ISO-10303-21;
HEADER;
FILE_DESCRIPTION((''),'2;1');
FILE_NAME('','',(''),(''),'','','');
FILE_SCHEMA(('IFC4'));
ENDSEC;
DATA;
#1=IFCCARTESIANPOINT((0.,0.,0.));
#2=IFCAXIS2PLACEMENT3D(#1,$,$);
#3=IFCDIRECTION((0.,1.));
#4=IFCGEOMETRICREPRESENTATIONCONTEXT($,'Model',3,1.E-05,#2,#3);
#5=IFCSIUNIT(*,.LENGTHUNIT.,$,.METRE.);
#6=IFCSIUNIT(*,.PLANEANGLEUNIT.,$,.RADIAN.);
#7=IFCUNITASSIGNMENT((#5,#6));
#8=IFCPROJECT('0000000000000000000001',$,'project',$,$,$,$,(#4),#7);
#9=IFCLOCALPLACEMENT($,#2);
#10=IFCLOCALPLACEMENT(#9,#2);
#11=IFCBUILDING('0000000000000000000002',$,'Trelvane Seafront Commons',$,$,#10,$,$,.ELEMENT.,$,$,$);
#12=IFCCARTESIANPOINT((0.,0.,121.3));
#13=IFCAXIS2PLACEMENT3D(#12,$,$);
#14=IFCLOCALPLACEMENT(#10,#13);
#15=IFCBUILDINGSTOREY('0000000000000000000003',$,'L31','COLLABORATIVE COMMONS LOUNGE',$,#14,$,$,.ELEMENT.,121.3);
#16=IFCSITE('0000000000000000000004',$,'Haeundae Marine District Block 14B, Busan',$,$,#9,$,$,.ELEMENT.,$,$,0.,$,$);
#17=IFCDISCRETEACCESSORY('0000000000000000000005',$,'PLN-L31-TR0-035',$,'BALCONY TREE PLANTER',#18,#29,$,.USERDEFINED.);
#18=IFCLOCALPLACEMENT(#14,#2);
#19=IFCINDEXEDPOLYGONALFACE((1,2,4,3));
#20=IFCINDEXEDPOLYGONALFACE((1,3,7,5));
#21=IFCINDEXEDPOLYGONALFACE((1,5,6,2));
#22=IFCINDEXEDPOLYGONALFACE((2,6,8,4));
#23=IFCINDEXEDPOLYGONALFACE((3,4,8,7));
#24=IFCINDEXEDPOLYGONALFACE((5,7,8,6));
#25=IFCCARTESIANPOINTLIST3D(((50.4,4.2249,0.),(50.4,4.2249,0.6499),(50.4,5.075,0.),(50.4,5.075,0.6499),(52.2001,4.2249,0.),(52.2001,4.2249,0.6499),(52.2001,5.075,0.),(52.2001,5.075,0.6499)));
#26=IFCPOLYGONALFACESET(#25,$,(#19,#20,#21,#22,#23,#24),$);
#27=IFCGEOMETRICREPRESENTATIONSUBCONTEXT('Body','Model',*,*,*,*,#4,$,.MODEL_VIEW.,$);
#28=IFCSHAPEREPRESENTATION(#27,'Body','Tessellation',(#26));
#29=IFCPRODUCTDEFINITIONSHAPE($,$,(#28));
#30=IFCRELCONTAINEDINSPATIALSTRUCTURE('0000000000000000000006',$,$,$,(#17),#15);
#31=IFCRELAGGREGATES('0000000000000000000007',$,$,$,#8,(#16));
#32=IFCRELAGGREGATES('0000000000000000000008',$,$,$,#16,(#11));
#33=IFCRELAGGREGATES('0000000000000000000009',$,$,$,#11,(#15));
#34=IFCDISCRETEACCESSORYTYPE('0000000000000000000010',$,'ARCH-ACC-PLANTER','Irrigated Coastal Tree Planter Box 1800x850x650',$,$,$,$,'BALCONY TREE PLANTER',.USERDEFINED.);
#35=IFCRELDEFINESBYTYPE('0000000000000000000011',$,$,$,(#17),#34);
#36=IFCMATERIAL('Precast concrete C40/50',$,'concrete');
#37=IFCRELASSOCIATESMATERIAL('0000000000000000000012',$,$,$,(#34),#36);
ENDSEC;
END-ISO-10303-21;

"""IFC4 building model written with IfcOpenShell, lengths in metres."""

from ifc_helpers import new_model, si_unit, direction, frame, origin, origin_2d, place, context, subcontext, project, spatial, rectangle, extrude, source, transform, mapped, material, type_object, element, save


model = new_model("IFC4")

# Units and contexts
model_context = context("Model", 3, precision=1e-05, world=origin(), true_north=direction((0.0, 1.0)))
body_context = subcontext(model_context, "Body", "Model", "MODEL_VIEW")
ifc_project = project(units=[si_unit("LENGTHUNIT", "METRE"), si_unit("PLANEANGLEUNIT", "RADIAN")], contexts=[model_context])

# Site, building, storey
site_placement = place(None, origin())
site = spatial("IfcSite", under=ifc_project, at=site_placement, Name="Haeundae Marine District Block 14B, Busan", CompositionType="ELEMENT", RefElevation=0.0)
building_placement = place(site_placement, origin())
building = spatial("IfcBuilding", under=site, at=building_placement, Name="Trelvane Seafront Commons", CompositionType="ELEMENT")
storey_placement = place(building_placement, frame((0.0, 0.0, 121.3)))
storey = spatial("IfcBuildingStorey", under=building, at=storey_placement, Name="L31", Description="COLLABORATIVE COMMONS LOUNGE", CompositionType="ELEMENT", Elevation=121.3)

# Shared definitions
ifc_material_1 = material(Name="Precast concrete C40/50", Category="concrete")

# Discrete accessory
discrete_accessory_type = type_object("IfcDiscreteAccessoryType", Name="ARCH-ACC-PLANTER", Description="Irrigated Coastal Tree Planter Box 1800x850x650", ElementType="BALCONY TREE PLANTER", PredefinedType="USERDEFINED", material=ifc_material_1)
shared_shape_1 = source(origin(), body_context, "Body", "SweptSolid", [
    extrude(rectangle(XDim=1.8, YDim=0.8501, at=origin_2d()), origin(), (0.0, 0.0, 1.0), 0.6499),
])
discrete_accessory_placement = place(storey_placement, frame((51.3, 4.6499, 0.0), z_axis=(0.0, 0.0, 1.0), x_axis=(1.0, 0.0, 0.0)))
element("IfcDiscreteAccessory", 1, at=discrete_accessory_placement, inside=storey, type_object=discrete_accessory_type, Name="PLN-L31-TR0-035", ObjectType="BALCONY TREE PLANTER", PredefinedType="USERDEFINED", context=body_context, shape_type="MappedRepresentation", body=[
    mapped(shared_shape_1, transform((0.0, 0.0, 0.0), x_axis=(1.0, 0.0, 0.0), y_axis=(0.0, 1.0, 0.0), z_axis=(0.0, 0.0, 1.0), scale=1.0)),
])

save(model, "model.ifc")
